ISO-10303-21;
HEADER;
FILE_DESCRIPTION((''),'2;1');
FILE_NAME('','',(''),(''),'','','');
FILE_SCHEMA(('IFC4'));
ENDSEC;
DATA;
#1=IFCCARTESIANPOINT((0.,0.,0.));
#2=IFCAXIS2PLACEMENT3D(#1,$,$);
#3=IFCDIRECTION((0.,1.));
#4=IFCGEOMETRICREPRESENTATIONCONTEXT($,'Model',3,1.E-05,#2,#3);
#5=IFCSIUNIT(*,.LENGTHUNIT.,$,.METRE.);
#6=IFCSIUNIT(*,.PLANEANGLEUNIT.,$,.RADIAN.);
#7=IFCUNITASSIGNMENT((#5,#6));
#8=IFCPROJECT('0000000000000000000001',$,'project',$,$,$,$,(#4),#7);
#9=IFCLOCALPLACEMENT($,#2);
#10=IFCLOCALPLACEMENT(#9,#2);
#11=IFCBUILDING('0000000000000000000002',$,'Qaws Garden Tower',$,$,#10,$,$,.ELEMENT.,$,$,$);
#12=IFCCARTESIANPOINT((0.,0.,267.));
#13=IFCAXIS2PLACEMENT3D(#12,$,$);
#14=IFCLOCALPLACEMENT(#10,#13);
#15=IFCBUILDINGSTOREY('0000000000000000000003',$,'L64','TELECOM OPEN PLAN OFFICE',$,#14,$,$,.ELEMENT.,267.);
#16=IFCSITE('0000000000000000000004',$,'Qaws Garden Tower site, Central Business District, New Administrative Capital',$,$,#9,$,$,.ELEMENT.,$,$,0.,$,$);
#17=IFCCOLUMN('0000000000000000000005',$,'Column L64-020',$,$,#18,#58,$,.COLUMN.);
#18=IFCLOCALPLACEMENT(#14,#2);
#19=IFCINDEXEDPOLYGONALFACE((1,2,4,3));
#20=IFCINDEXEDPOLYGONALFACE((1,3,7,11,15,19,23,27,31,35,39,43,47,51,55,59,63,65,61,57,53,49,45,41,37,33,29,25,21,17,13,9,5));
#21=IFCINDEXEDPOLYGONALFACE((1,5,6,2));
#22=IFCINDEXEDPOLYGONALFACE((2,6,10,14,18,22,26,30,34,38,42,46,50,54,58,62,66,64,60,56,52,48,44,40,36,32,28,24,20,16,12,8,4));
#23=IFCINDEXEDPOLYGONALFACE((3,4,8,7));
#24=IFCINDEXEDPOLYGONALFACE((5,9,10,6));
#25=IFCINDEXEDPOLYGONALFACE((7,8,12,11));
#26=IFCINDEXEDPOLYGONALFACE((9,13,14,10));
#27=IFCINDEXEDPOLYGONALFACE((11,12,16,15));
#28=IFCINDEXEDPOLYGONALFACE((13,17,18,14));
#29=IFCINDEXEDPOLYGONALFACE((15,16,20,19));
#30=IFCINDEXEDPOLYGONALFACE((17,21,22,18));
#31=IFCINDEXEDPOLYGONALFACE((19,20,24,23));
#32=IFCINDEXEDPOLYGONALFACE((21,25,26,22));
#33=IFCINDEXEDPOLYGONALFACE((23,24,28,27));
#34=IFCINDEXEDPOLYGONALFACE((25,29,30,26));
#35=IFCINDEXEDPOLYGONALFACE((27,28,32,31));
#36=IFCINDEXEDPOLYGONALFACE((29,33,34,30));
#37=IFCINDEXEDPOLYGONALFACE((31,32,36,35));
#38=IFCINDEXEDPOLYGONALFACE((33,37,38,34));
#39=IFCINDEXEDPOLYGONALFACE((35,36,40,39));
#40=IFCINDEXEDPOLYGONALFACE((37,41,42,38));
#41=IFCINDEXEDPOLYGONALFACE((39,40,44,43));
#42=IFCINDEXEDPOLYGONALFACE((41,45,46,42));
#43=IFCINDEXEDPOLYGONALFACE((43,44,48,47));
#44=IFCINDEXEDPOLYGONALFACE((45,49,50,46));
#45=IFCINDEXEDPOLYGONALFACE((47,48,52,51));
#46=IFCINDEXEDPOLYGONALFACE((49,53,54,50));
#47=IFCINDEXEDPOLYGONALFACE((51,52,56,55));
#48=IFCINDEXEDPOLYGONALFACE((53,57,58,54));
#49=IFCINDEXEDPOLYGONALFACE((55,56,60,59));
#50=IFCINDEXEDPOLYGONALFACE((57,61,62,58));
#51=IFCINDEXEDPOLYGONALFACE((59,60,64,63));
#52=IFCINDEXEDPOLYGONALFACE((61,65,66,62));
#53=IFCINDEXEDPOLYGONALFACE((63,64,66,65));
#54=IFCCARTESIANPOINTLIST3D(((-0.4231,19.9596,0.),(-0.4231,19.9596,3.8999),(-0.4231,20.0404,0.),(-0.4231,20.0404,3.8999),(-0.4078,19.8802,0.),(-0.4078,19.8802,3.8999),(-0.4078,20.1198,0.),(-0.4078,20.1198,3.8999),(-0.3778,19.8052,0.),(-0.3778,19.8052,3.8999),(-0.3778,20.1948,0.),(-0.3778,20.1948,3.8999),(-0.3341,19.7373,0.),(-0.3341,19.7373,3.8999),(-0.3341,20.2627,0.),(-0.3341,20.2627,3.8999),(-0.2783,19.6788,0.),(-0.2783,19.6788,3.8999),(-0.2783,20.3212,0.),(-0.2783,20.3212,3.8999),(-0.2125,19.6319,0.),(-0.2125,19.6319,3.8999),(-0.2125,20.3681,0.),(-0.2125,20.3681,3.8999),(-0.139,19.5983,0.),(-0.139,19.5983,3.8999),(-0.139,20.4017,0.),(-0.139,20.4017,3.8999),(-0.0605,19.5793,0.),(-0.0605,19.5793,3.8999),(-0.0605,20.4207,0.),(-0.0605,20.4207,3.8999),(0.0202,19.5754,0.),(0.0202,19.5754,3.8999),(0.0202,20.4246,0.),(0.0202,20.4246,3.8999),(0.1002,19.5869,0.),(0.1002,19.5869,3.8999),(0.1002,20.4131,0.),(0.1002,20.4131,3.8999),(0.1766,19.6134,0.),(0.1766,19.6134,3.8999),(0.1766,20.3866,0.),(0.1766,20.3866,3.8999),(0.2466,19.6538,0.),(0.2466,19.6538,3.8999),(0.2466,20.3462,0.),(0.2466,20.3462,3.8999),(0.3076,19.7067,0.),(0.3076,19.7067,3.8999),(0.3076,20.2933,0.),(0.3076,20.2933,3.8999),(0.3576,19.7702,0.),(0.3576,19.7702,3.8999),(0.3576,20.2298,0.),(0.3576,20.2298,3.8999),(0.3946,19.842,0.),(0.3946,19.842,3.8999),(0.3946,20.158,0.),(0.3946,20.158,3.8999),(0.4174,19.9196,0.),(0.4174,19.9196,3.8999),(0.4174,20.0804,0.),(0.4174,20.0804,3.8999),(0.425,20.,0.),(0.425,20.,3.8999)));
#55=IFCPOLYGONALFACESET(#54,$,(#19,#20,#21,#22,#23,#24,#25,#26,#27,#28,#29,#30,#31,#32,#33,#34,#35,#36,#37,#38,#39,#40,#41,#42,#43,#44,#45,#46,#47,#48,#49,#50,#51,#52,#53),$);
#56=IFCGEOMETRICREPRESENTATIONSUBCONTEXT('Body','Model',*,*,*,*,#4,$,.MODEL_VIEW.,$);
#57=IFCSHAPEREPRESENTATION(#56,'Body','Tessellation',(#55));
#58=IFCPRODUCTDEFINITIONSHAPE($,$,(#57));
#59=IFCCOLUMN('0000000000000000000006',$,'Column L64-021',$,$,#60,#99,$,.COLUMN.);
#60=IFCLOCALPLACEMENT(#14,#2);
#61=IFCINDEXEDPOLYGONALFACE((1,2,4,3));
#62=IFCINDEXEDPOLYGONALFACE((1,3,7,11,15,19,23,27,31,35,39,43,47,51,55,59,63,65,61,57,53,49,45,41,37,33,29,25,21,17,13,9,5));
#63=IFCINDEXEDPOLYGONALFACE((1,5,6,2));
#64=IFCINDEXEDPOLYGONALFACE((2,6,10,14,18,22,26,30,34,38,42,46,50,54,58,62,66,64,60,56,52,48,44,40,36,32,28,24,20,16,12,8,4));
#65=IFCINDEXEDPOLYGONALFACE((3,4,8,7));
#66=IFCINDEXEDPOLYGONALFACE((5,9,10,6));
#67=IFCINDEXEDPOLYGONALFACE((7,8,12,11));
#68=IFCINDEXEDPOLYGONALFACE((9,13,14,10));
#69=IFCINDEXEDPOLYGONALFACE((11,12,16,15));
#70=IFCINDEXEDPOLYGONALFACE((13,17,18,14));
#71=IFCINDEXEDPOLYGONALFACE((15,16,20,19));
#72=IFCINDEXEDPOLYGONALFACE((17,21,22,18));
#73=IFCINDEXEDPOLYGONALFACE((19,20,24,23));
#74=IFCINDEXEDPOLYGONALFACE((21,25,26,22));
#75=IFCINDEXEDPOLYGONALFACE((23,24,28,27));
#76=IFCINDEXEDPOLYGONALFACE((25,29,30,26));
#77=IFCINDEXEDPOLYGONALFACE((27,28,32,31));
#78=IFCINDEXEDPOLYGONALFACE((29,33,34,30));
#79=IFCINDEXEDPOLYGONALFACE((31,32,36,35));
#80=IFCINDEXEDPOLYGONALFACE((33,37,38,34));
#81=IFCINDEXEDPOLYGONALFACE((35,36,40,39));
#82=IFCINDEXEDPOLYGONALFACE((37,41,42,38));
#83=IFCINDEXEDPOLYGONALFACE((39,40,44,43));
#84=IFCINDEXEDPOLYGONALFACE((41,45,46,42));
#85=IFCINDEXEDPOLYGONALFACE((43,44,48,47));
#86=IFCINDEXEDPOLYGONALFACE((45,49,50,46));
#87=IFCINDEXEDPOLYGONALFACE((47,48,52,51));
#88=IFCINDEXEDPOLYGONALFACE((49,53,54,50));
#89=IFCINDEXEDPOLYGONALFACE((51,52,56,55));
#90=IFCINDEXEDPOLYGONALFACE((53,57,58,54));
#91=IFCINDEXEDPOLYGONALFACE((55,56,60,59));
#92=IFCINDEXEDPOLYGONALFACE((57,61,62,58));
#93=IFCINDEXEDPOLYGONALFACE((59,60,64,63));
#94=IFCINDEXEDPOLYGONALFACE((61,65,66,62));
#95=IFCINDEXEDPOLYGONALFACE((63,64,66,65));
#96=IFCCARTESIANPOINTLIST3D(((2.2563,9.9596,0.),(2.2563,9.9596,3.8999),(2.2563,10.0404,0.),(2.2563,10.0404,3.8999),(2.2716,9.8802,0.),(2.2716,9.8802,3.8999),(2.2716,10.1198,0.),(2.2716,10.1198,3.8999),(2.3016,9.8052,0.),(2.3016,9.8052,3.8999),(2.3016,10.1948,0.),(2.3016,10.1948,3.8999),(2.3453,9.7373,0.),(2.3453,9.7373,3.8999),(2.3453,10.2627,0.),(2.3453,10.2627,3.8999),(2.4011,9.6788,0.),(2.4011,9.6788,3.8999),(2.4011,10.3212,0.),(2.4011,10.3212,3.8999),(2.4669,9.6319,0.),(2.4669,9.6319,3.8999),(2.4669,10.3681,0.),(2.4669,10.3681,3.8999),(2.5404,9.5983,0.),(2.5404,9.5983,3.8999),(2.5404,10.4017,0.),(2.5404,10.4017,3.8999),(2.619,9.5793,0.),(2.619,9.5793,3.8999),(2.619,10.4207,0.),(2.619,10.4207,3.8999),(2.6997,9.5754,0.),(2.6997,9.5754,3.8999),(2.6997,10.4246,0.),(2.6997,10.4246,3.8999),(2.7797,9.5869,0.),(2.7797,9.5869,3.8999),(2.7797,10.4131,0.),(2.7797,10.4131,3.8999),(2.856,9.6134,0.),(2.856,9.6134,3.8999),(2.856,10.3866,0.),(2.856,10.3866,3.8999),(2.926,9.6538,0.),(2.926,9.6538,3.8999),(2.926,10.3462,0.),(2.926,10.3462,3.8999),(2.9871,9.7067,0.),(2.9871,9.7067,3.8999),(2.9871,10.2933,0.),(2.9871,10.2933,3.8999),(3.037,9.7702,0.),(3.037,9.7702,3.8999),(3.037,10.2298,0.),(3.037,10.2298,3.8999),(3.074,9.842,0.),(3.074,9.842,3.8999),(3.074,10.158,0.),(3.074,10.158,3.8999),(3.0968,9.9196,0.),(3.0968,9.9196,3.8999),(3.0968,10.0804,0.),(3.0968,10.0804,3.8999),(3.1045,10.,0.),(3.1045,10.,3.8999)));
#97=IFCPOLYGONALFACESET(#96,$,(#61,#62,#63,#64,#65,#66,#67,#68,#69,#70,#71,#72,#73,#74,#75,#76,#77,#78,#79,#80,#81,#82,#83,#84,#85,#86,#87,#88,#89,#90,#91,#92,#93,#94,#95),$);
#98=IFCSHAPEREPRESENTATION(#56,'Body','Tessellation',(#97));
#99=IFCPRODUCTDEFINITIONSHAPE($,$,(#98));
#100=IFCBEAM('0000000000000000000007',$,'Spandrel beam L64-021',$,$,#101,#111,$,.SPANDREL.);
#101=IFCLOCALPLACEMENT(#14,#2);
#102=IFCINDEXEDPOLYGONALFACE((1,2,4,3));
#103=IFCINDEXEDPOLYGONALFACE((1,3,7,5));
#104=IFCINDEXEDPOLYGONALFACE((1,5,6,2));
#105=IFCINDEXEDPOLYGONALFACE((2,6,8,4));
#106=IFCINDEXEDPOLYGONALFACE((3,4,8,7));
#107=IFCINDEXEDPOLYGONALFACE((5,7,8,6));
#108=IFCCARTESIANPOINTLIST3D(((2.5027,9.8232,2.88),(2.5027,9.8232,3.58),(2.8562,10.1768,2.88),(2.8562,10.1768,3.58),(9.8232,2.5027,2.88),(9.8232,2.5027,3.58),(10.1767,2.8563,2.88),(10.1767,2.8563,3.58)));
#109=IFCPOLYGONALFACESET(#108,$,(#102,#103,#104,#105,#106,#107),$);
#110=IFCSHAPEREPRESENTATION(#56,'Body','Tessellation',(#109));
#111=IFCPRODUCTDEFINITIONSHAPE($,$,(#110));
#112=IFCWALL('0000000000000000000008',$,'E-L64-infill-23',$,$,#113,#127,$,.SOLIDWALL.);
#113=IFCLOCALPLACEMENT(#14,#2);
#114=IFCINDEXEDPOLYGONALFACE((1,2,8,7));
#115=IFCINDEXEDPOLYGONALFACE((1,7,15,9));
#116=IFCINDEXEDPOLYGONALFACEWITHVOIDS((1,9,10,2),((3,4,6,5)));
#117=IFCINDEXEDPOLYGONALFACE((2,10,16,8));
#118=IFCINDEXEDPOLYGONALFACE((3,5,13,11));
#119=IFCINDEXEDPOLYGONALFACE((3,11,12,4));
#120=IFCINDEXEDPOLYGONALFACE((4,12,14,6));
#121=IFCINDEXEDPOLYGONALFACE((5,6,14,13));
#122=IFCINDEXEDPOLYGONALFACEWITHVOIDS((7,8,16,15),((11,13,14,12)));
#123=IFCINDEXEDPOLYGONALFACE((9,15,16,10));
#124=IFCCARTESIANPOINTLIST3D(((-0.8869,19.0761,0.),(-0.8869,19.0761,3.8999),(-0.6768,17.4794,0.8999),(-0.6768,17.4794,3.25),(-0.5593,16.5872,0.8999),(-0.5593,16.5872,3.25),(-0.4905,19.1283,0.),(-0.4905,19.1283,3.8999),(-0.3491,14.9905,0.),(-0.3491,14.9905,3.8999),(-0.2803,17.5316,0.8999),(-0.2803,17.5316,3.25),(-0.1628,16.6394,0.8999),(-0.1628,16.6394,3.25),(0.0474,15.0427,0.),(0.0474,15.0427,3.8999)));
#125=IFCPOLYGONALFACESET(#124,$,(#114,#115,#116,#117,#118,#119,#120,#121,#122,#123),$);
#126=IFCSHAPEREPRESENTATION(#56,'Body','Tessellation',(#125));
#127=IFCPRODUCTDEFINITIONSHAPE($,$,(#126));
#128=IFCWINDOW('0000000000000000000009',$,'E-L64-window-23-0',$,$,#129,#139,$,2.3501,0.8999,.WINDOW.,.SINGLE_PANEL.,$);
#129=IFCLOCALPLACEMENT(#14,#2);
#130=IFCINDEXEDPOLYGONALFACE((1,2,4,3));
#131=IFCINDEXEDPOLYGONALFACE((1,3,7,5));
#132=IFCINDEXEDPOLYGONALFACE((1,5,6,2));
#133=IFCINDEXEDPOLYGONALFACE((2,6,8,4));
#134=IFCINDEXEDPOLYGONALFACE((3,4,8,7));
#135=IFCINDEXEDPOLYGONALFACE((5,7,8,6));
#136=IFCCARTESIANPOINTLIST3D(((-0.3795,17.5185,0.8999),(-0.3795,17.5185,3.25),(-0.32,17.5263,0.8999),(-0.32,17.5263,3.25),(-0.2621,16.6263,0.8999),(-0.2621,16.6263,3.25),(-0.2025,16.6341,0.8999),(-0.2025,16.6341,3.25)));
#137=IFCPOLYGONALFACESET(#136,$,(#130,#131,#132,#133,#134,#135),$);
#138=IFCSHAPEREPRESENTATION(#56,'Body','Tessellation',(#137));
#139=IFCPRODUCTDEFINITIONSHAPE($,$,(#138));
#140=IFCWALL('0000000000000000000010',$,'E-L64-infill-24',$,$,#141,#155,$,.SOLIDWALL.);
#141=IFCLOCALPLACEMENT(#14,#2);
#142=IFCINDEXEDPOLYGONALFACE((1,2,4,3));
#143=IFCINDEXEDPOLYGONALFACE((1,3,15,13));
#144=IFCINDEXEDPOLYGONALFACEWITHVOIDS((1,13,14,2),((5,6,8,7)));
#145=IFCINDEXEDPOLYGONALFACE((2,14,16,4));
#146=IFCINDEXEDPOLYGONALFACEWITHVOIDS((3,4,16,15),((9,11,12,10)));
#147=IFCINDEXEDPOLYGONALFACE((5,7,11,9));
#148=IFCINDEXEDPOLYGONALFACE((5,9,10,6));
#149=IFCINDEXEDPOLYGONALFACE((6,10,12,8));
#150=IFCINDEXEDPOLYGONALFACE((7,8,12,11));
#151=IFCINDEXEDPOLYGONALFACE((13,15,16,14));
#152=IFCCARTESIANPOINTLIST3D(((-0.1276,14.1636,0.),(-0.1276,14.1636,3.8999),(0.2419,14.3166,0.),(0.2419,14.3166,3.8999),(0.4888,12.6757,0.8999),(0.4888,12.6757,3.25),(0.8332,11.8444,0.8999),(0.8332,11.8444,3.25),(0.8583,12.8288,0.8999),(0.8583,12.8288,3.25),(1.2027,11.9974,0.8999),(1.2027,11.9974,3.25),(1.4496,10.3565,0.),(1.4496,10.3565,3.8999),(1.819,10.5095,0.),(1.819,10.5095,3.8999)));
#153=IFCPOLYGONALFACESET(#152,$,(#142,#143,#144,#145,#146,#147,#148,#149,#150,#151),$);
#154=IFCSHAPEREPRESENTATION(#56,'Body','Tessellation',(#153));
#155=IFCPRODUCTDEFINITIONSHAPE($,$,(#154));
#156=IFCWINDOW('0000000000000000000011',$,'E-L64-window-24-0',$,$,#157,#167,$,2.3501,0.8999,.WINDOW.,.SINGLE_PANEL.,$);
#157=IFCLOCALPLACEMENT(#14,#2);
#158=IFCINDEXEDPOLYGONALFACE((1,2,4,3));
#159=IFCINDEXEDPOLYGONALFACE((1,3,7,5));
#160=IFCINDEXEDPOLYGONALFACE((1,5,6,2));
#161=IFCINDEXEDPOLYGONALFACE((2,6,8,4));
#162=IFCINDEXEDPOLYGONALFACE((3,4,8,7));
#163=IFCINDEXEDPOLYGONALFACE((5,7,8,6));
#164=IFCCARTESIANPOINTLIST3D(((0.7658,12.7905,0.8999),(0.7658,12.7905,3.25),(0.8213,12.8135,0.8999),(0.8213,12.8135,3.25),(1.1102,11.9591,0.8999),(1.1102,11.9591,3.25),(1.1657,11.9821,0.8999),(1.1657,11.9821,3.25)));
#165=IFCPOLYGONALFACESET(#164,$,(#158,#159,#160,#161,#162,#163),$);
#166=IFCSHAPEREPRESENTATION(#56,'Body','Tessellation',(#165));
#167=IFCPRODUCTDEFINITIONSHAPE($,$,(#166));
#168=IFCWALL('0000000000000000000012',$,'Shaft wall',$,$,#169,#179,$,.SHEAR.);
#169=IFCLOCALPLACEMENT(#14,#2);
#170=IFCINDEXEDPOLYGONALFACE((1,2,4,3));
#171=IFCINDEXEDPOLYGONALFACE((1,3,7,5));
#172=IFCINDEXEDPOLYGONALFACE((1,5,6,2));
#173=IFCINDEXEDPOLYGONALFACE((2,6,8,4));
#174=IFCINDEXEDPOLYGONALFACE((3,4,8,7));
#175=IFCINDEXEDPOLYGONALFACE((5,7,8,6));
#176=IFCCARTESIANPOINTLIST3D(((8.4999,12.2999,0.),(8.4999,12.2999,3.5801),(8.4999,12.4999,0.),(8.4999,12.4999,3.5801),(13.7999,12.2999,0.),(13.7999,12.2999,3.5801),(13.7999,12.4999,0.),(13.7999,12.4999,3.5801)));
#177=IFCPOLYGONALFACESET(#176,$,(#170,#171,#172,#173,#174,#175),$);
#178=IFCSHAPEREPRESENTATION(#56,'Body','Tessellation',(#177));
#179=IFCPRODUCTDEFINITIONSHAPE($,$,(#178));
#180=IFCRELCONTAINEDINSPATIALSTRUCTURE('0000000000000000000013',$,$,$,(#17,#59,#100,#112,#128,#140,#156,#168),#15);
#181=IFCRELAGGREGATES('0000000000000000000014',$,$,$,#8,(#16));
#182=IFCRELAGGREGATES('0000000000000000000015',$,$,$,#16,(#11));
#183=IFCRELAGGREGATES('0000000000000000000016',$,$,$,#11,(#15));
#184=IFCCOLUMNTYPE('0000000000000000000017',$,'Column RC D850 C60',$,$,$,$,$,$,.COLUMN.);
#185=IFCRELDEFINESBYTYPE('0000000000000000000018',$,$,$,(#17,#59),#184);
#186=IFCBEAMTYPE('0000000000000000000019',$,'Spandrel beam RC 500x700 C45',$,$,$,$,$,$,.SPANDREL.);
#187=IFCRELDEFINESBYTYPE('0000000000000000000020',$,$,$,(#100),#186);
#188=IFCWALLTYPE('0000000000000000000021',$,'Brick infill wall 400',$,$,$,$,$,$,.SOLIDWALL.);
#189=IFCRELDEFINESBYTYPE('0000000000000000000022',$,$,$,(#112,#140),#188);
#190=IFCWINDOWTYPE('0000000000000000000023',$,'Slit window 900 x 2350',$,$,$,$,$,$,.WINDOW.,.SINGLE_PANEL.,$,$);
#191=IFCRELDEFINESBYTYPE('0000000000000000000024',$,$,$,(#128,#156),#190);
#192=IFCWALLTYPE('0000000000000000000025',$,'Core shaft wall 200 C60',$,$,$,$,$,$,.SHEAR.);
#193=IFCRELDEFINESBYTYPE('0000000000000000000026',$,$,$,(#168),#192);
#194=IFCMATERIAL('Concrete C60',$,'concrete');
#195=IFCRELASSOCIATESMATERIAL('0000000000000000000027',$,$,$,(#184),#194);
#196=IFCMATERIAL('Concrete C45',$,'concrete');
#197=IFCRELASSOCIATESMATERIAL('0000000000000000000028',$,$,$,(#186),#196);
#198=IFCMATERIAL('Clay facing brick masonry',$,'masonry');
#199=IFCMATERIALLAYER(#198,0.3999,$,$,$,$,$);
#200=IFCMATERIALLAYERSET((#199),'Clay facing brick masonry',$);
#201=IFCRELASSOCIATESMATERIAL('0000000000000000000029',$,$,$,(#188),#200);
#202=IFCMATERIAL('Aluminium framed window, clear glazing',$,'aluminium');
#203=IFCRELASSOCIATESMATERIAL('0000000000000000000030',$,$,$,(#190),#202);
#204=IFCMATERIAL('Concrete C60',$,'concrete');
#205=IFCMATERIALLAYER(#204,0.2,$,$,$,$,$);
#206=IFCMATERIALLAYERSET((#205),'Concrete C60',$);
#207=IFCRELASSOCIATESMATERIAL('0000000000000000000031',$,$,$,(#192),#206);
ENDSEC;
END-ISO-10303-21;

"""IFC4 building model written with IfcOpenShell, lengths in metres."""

from ifc_helpers import new_model, si_unit, direction, frame, frame_2d, origin, origin_2d, place, context, subcontext, project, spatial, rectangle, circle, extrude, material, layer, layer_set, material_profile, profile_set, type_object, element, fill, save


model = new_model("IFC4")

# Units and contexts
model_context = context("Model", 3, precision=1e-05, world=origin(), true_north=direction((0.0, 1.0)))
body_context = subcontext(model_context, "Body", "Model", "MODEL_VIEW")
ifc_project = project(units=[si_unit("LENGTHUNIT", "METRE"), si_unit("PLANEANGLEUNIT", "RADIAN")], contexts=[model_context])

# Site, building, storey
site_placement = place(None, origin())
site = spatial("IfcSite", under=ifc_project, at=site_placement, Name="Qaws Garden Tower site, Central Business District, New Administrative Capital", CompositionType="ELEMENT", RefElevation=0.0)
building_placement = place(site_placement, origin())
building = spatial("IfcBuilding", under=site, at=building_placement, Name="Qaws Garden Tower", CompositionType="ELEMENT")
storey_placement = place(building_placement, frame((0.0, 0.0, 267.0)))
storey = spatial("IfcBuildingStorey", under=building, at=storey_placement, Name="L64", Description="TELECOM OPEN PLAN OFFICE", CompositionType="ELEMENT", Elevation=267.0)

# Columns
ifc_material_1 = material(Name="Concrete C60", Category="concrete")
ifc_material_profile_1 = material_profile(ifc_material_1, circle(Radius=0.425, at=origin_2d()), Name="RC D850")
ifc_profile_set_1 = profile_set([ifc_material_profile_1], Name="Concrete C60")
column_type = type_object("IfcColumnType", Name="Column RC D850 C60", PredefinedType="COLUMN", material=ifc_profile_set_1)
for number, where, z_axis, x_axis, name in (
    (1, (0.0, 20.0, 0.0), (0.0, 0.0, 1.0), (1.0, 0.0, 0.0), "Column L64-020"),
    (2, (2.6794, 10.0, 0.0), (0.0, 0.0, 1.0), (1.0, 0.0, 0.0), "Column L64-021"),
):
    element("IfcColumn", number, at=place(storey_placement, frame(where, z_axis=z_axis, x_axis=x_axis)), inside=storey, type_object=column_type, Name=name, PredefinedType="COLUMN", context=body_context, shape_type="SweptSolid", body=[
        extrude(circle(Radius=0.425, at=origin_2d()), origin(), (0.0, 0.0, 1.0), 3.8999),
    ])

# Beam
ifc_material_2 = material(Name="Concrete C45", Category="concrete")
ifc_material_profile_2 = material_profile(ifc_material_2, rectangle(XDim=0.5, YDim=0.7, at=origin_2d()), Name="RC 500x700")
ifc_profile_set_2 = profile_set([ifc_material_profile_2], Name="Concrete C45")
beam_type = type_object("IfcBeamType", Name="Spandrel beam RC 500x700 C45", PredefinedType="SPANDREL", material=ifc_profile_set_2)
beam_placement = place(storey_placement, frame((2.6794, 10.0, 3.23), z_axis=(0.707107, -0.707107, 0.0), x_axis=(0.707107, 0.707107, 0.0)))
element("IfcBeam", 3, at=beam_placement, inside=storey, type_object=beam_type, Name="Spandrel beam L64-021", PredefinedType="SPANDREL", context=body_context, shape_type="SweptSolid", body=[
    extrude(rectangle(XDim=0.5, YDim=0.7, at=origin_2d()), origin(), (0.0, 0.0, 1.0), 10.3528),
])

# Walls, openings, windows
ifc_material_3 = material(Name="Clay facing brick masonry", Category="masonry")
ifc_layer_1 = layer(ifc_material_3, 0.3999)
ifc_layer_set_1 = layer_set([ifc_layer_1], Name="Clay facing brick masonry")
wall_type_1 = type_object("IfcWallType", Name="Brick infill wall 400", PredefinedType="SOLIDWALL", material=ifc_layer_set_1)
wall_1_placement = place(storey_placement, frame((-0.6887, 19.1023, 0.0), z_axis=(0.0, 0.0, 1.0), x_axis=(0.130514, -0.991446, 0.0)))
wall_1 = element("IfcWall", 4, at=wall_1_placement, inside=storey, type_object=wall_type_1, Name="E-L64-infill-23", PredefinedType="SOLIDWALL", context=body_context, shape_type="SweptSolid", body=[
    extrude(rectangle(XDim=4.1208, YDim=0.3999, at=frame_2d((2.0605, 0.0))), origin(), (0.0, 0.0, 1.0), 3.8999),
])
opening_1_placement = place(wall_1_placement, frame((1.6106, 0.0, 0.8999)))
opening_1 = element("IfcOpeningElement", 5, at=opening_1_placement, cuts=wall_1, PredefinedType="OPENING", context=body_context, shape_type="SweptSolid", body=[
    extrude(rectangle(XDim=0.8999, YDim=2.3501, at=frame_2d((0.45, 1.175))), frame((0.0, 0.21, 0.0), z_axis=(0.0, -1.0, 0.0), x_axis=(1.0, 0.0, 0.0)), (0.0, 0.0, 1.0), 0.4199),
])
ifc_material_4 = material(Name="Aluminium framed window, clear glazing", Category="aluminium")
window_type = type_object("IfcWindowType", Name="Slit window 900 x 2350", PartitioningType="SINGLE_PANEL", PredefinedType="WINDOW", material=ifc_material_4)
window_1_placement = place(opening_1_placement, origin())
window_1 = element("IfcWindow", 6, at=window_1_placement, inside=storey, type_object=window_type, Name="E-L64-window-23-0", OverallHeight=2.3501, OverallWidth=0.8999, PartitioningType="SINGLE_PANEL", PredefinedType="WINDOW", context=body_context, shape_type="SweptSolid", body=[
    extrude(rectangle(XDim=0.8999, YDim=2.3501, at=frame_2d((0.45, 1.175))), frame((0.0, 0.1599, 0.0), z_axis=(0.0, -1.0, 0.0), x_axis=(1.0, 0.0, 0.0)), (0.0, 0.0, 1.0), 0.0601),
])
fill(opening_1, window_1)
wall_2_placement = place(storey_placement, frame((0.0571, 14.2402, 0.0), z_axis=(0.0, 0.0, 1.0), x_axis=(0.382722, -0.923864, 0.0)))
wall_2 = element("IfcWall", 7, at=wall_2_placement, inside=storey, type_object=wall_type_1, Name="E-L64-infill-24", PredefinedType="SOLIDWALL", context=body_context, shape_type="SweptSolid", body=[
    extrude(rectangle(XDim=4.1208, YDim=0.3999, at=frame_2d((2.0605, 0.0))), origin(), (0.0, 0.0, 1.0), 3.8999),
])
opening_2_placement = place(wall_2_placement, frame((1.6106, 0.0, 0.8999)))
opening_2 = element("IfcOpeningElement", 8, at=opening_2_placement, cuts=wall_2, PredefinedType="OPENING", context=body_context, shape_type="SweptSolid", body=[
    extrude(rectangle(XDim=0.8999, YDim=2.3501, at=frame_2d((0.45, 1.175))), frame((0.0, 0.21, 0.0), z_axis=(0.0, -1.0, 0.0), x_axis=(1.0, 0.0, 0.0)), (0.0, 0.0, 1.0), 0.4199),
])
window_2_placement = place(opening_2_placement, origin())
window_2 = element("IfcWindow", 9, at=window_2_placement, inside=storey, type_object=window_type, Name="E-L64-window-24-0", OverallHeight=2.3501, OverallWidth=0.8999, PartitioningType="SINGLE_PANEL", PredefinedType="WINDOW", context=body_context, shape_type="SweptSolid", body=[
    extrude(rectangle(XDim=0.8999, YDim=2.3501, at=frame_2d((0.45, 1.175))), frame((0.0, 0.1599, 0.0), z_axis=(0.0, -1.0, 0.0), x_axis=(1.0, 0.0, 0.0)), (0.0, 0.0, 1.0), 0.0601),
])
fill(opening_2, window_2)

# Wall
ifc_material_5 = material(Name="Concrete C60", Category="concrete")
ifc_layer_2 = layer(ifc_material_5, 0.2)
ifc_layer_set_2 = layer_set([ifc_layer_2], Name="Concrete C60")
wall_type_2 = type_object("IfcWallType", Name="Core shaft wall 200 C60", PredefinedType="SHEAR", material=ifc_layer_set_2)
wall_3_placement = place(storey_placement, frame((8.5, 12.3999, 0.0), z_axis=(0.0, 0.0, 1.0), x_axis=(1.0, 0.0, 0.0)))
element("IfcWall", 10, at=wall_3_placement, inside=storey, type_object=wall_type_2, Name="Shaft wall", PredefinedType="SHEAR", context=body_context, shape_type="SweptSolid", body=[
    extrude(rectangle(XDim=5.3, YDim=0.2, at=frame_2d((2.6499, 0.0))), origin(), (0.0, 0.0, 1.0), 3.5801),
])

save(model, "model.ifc")
